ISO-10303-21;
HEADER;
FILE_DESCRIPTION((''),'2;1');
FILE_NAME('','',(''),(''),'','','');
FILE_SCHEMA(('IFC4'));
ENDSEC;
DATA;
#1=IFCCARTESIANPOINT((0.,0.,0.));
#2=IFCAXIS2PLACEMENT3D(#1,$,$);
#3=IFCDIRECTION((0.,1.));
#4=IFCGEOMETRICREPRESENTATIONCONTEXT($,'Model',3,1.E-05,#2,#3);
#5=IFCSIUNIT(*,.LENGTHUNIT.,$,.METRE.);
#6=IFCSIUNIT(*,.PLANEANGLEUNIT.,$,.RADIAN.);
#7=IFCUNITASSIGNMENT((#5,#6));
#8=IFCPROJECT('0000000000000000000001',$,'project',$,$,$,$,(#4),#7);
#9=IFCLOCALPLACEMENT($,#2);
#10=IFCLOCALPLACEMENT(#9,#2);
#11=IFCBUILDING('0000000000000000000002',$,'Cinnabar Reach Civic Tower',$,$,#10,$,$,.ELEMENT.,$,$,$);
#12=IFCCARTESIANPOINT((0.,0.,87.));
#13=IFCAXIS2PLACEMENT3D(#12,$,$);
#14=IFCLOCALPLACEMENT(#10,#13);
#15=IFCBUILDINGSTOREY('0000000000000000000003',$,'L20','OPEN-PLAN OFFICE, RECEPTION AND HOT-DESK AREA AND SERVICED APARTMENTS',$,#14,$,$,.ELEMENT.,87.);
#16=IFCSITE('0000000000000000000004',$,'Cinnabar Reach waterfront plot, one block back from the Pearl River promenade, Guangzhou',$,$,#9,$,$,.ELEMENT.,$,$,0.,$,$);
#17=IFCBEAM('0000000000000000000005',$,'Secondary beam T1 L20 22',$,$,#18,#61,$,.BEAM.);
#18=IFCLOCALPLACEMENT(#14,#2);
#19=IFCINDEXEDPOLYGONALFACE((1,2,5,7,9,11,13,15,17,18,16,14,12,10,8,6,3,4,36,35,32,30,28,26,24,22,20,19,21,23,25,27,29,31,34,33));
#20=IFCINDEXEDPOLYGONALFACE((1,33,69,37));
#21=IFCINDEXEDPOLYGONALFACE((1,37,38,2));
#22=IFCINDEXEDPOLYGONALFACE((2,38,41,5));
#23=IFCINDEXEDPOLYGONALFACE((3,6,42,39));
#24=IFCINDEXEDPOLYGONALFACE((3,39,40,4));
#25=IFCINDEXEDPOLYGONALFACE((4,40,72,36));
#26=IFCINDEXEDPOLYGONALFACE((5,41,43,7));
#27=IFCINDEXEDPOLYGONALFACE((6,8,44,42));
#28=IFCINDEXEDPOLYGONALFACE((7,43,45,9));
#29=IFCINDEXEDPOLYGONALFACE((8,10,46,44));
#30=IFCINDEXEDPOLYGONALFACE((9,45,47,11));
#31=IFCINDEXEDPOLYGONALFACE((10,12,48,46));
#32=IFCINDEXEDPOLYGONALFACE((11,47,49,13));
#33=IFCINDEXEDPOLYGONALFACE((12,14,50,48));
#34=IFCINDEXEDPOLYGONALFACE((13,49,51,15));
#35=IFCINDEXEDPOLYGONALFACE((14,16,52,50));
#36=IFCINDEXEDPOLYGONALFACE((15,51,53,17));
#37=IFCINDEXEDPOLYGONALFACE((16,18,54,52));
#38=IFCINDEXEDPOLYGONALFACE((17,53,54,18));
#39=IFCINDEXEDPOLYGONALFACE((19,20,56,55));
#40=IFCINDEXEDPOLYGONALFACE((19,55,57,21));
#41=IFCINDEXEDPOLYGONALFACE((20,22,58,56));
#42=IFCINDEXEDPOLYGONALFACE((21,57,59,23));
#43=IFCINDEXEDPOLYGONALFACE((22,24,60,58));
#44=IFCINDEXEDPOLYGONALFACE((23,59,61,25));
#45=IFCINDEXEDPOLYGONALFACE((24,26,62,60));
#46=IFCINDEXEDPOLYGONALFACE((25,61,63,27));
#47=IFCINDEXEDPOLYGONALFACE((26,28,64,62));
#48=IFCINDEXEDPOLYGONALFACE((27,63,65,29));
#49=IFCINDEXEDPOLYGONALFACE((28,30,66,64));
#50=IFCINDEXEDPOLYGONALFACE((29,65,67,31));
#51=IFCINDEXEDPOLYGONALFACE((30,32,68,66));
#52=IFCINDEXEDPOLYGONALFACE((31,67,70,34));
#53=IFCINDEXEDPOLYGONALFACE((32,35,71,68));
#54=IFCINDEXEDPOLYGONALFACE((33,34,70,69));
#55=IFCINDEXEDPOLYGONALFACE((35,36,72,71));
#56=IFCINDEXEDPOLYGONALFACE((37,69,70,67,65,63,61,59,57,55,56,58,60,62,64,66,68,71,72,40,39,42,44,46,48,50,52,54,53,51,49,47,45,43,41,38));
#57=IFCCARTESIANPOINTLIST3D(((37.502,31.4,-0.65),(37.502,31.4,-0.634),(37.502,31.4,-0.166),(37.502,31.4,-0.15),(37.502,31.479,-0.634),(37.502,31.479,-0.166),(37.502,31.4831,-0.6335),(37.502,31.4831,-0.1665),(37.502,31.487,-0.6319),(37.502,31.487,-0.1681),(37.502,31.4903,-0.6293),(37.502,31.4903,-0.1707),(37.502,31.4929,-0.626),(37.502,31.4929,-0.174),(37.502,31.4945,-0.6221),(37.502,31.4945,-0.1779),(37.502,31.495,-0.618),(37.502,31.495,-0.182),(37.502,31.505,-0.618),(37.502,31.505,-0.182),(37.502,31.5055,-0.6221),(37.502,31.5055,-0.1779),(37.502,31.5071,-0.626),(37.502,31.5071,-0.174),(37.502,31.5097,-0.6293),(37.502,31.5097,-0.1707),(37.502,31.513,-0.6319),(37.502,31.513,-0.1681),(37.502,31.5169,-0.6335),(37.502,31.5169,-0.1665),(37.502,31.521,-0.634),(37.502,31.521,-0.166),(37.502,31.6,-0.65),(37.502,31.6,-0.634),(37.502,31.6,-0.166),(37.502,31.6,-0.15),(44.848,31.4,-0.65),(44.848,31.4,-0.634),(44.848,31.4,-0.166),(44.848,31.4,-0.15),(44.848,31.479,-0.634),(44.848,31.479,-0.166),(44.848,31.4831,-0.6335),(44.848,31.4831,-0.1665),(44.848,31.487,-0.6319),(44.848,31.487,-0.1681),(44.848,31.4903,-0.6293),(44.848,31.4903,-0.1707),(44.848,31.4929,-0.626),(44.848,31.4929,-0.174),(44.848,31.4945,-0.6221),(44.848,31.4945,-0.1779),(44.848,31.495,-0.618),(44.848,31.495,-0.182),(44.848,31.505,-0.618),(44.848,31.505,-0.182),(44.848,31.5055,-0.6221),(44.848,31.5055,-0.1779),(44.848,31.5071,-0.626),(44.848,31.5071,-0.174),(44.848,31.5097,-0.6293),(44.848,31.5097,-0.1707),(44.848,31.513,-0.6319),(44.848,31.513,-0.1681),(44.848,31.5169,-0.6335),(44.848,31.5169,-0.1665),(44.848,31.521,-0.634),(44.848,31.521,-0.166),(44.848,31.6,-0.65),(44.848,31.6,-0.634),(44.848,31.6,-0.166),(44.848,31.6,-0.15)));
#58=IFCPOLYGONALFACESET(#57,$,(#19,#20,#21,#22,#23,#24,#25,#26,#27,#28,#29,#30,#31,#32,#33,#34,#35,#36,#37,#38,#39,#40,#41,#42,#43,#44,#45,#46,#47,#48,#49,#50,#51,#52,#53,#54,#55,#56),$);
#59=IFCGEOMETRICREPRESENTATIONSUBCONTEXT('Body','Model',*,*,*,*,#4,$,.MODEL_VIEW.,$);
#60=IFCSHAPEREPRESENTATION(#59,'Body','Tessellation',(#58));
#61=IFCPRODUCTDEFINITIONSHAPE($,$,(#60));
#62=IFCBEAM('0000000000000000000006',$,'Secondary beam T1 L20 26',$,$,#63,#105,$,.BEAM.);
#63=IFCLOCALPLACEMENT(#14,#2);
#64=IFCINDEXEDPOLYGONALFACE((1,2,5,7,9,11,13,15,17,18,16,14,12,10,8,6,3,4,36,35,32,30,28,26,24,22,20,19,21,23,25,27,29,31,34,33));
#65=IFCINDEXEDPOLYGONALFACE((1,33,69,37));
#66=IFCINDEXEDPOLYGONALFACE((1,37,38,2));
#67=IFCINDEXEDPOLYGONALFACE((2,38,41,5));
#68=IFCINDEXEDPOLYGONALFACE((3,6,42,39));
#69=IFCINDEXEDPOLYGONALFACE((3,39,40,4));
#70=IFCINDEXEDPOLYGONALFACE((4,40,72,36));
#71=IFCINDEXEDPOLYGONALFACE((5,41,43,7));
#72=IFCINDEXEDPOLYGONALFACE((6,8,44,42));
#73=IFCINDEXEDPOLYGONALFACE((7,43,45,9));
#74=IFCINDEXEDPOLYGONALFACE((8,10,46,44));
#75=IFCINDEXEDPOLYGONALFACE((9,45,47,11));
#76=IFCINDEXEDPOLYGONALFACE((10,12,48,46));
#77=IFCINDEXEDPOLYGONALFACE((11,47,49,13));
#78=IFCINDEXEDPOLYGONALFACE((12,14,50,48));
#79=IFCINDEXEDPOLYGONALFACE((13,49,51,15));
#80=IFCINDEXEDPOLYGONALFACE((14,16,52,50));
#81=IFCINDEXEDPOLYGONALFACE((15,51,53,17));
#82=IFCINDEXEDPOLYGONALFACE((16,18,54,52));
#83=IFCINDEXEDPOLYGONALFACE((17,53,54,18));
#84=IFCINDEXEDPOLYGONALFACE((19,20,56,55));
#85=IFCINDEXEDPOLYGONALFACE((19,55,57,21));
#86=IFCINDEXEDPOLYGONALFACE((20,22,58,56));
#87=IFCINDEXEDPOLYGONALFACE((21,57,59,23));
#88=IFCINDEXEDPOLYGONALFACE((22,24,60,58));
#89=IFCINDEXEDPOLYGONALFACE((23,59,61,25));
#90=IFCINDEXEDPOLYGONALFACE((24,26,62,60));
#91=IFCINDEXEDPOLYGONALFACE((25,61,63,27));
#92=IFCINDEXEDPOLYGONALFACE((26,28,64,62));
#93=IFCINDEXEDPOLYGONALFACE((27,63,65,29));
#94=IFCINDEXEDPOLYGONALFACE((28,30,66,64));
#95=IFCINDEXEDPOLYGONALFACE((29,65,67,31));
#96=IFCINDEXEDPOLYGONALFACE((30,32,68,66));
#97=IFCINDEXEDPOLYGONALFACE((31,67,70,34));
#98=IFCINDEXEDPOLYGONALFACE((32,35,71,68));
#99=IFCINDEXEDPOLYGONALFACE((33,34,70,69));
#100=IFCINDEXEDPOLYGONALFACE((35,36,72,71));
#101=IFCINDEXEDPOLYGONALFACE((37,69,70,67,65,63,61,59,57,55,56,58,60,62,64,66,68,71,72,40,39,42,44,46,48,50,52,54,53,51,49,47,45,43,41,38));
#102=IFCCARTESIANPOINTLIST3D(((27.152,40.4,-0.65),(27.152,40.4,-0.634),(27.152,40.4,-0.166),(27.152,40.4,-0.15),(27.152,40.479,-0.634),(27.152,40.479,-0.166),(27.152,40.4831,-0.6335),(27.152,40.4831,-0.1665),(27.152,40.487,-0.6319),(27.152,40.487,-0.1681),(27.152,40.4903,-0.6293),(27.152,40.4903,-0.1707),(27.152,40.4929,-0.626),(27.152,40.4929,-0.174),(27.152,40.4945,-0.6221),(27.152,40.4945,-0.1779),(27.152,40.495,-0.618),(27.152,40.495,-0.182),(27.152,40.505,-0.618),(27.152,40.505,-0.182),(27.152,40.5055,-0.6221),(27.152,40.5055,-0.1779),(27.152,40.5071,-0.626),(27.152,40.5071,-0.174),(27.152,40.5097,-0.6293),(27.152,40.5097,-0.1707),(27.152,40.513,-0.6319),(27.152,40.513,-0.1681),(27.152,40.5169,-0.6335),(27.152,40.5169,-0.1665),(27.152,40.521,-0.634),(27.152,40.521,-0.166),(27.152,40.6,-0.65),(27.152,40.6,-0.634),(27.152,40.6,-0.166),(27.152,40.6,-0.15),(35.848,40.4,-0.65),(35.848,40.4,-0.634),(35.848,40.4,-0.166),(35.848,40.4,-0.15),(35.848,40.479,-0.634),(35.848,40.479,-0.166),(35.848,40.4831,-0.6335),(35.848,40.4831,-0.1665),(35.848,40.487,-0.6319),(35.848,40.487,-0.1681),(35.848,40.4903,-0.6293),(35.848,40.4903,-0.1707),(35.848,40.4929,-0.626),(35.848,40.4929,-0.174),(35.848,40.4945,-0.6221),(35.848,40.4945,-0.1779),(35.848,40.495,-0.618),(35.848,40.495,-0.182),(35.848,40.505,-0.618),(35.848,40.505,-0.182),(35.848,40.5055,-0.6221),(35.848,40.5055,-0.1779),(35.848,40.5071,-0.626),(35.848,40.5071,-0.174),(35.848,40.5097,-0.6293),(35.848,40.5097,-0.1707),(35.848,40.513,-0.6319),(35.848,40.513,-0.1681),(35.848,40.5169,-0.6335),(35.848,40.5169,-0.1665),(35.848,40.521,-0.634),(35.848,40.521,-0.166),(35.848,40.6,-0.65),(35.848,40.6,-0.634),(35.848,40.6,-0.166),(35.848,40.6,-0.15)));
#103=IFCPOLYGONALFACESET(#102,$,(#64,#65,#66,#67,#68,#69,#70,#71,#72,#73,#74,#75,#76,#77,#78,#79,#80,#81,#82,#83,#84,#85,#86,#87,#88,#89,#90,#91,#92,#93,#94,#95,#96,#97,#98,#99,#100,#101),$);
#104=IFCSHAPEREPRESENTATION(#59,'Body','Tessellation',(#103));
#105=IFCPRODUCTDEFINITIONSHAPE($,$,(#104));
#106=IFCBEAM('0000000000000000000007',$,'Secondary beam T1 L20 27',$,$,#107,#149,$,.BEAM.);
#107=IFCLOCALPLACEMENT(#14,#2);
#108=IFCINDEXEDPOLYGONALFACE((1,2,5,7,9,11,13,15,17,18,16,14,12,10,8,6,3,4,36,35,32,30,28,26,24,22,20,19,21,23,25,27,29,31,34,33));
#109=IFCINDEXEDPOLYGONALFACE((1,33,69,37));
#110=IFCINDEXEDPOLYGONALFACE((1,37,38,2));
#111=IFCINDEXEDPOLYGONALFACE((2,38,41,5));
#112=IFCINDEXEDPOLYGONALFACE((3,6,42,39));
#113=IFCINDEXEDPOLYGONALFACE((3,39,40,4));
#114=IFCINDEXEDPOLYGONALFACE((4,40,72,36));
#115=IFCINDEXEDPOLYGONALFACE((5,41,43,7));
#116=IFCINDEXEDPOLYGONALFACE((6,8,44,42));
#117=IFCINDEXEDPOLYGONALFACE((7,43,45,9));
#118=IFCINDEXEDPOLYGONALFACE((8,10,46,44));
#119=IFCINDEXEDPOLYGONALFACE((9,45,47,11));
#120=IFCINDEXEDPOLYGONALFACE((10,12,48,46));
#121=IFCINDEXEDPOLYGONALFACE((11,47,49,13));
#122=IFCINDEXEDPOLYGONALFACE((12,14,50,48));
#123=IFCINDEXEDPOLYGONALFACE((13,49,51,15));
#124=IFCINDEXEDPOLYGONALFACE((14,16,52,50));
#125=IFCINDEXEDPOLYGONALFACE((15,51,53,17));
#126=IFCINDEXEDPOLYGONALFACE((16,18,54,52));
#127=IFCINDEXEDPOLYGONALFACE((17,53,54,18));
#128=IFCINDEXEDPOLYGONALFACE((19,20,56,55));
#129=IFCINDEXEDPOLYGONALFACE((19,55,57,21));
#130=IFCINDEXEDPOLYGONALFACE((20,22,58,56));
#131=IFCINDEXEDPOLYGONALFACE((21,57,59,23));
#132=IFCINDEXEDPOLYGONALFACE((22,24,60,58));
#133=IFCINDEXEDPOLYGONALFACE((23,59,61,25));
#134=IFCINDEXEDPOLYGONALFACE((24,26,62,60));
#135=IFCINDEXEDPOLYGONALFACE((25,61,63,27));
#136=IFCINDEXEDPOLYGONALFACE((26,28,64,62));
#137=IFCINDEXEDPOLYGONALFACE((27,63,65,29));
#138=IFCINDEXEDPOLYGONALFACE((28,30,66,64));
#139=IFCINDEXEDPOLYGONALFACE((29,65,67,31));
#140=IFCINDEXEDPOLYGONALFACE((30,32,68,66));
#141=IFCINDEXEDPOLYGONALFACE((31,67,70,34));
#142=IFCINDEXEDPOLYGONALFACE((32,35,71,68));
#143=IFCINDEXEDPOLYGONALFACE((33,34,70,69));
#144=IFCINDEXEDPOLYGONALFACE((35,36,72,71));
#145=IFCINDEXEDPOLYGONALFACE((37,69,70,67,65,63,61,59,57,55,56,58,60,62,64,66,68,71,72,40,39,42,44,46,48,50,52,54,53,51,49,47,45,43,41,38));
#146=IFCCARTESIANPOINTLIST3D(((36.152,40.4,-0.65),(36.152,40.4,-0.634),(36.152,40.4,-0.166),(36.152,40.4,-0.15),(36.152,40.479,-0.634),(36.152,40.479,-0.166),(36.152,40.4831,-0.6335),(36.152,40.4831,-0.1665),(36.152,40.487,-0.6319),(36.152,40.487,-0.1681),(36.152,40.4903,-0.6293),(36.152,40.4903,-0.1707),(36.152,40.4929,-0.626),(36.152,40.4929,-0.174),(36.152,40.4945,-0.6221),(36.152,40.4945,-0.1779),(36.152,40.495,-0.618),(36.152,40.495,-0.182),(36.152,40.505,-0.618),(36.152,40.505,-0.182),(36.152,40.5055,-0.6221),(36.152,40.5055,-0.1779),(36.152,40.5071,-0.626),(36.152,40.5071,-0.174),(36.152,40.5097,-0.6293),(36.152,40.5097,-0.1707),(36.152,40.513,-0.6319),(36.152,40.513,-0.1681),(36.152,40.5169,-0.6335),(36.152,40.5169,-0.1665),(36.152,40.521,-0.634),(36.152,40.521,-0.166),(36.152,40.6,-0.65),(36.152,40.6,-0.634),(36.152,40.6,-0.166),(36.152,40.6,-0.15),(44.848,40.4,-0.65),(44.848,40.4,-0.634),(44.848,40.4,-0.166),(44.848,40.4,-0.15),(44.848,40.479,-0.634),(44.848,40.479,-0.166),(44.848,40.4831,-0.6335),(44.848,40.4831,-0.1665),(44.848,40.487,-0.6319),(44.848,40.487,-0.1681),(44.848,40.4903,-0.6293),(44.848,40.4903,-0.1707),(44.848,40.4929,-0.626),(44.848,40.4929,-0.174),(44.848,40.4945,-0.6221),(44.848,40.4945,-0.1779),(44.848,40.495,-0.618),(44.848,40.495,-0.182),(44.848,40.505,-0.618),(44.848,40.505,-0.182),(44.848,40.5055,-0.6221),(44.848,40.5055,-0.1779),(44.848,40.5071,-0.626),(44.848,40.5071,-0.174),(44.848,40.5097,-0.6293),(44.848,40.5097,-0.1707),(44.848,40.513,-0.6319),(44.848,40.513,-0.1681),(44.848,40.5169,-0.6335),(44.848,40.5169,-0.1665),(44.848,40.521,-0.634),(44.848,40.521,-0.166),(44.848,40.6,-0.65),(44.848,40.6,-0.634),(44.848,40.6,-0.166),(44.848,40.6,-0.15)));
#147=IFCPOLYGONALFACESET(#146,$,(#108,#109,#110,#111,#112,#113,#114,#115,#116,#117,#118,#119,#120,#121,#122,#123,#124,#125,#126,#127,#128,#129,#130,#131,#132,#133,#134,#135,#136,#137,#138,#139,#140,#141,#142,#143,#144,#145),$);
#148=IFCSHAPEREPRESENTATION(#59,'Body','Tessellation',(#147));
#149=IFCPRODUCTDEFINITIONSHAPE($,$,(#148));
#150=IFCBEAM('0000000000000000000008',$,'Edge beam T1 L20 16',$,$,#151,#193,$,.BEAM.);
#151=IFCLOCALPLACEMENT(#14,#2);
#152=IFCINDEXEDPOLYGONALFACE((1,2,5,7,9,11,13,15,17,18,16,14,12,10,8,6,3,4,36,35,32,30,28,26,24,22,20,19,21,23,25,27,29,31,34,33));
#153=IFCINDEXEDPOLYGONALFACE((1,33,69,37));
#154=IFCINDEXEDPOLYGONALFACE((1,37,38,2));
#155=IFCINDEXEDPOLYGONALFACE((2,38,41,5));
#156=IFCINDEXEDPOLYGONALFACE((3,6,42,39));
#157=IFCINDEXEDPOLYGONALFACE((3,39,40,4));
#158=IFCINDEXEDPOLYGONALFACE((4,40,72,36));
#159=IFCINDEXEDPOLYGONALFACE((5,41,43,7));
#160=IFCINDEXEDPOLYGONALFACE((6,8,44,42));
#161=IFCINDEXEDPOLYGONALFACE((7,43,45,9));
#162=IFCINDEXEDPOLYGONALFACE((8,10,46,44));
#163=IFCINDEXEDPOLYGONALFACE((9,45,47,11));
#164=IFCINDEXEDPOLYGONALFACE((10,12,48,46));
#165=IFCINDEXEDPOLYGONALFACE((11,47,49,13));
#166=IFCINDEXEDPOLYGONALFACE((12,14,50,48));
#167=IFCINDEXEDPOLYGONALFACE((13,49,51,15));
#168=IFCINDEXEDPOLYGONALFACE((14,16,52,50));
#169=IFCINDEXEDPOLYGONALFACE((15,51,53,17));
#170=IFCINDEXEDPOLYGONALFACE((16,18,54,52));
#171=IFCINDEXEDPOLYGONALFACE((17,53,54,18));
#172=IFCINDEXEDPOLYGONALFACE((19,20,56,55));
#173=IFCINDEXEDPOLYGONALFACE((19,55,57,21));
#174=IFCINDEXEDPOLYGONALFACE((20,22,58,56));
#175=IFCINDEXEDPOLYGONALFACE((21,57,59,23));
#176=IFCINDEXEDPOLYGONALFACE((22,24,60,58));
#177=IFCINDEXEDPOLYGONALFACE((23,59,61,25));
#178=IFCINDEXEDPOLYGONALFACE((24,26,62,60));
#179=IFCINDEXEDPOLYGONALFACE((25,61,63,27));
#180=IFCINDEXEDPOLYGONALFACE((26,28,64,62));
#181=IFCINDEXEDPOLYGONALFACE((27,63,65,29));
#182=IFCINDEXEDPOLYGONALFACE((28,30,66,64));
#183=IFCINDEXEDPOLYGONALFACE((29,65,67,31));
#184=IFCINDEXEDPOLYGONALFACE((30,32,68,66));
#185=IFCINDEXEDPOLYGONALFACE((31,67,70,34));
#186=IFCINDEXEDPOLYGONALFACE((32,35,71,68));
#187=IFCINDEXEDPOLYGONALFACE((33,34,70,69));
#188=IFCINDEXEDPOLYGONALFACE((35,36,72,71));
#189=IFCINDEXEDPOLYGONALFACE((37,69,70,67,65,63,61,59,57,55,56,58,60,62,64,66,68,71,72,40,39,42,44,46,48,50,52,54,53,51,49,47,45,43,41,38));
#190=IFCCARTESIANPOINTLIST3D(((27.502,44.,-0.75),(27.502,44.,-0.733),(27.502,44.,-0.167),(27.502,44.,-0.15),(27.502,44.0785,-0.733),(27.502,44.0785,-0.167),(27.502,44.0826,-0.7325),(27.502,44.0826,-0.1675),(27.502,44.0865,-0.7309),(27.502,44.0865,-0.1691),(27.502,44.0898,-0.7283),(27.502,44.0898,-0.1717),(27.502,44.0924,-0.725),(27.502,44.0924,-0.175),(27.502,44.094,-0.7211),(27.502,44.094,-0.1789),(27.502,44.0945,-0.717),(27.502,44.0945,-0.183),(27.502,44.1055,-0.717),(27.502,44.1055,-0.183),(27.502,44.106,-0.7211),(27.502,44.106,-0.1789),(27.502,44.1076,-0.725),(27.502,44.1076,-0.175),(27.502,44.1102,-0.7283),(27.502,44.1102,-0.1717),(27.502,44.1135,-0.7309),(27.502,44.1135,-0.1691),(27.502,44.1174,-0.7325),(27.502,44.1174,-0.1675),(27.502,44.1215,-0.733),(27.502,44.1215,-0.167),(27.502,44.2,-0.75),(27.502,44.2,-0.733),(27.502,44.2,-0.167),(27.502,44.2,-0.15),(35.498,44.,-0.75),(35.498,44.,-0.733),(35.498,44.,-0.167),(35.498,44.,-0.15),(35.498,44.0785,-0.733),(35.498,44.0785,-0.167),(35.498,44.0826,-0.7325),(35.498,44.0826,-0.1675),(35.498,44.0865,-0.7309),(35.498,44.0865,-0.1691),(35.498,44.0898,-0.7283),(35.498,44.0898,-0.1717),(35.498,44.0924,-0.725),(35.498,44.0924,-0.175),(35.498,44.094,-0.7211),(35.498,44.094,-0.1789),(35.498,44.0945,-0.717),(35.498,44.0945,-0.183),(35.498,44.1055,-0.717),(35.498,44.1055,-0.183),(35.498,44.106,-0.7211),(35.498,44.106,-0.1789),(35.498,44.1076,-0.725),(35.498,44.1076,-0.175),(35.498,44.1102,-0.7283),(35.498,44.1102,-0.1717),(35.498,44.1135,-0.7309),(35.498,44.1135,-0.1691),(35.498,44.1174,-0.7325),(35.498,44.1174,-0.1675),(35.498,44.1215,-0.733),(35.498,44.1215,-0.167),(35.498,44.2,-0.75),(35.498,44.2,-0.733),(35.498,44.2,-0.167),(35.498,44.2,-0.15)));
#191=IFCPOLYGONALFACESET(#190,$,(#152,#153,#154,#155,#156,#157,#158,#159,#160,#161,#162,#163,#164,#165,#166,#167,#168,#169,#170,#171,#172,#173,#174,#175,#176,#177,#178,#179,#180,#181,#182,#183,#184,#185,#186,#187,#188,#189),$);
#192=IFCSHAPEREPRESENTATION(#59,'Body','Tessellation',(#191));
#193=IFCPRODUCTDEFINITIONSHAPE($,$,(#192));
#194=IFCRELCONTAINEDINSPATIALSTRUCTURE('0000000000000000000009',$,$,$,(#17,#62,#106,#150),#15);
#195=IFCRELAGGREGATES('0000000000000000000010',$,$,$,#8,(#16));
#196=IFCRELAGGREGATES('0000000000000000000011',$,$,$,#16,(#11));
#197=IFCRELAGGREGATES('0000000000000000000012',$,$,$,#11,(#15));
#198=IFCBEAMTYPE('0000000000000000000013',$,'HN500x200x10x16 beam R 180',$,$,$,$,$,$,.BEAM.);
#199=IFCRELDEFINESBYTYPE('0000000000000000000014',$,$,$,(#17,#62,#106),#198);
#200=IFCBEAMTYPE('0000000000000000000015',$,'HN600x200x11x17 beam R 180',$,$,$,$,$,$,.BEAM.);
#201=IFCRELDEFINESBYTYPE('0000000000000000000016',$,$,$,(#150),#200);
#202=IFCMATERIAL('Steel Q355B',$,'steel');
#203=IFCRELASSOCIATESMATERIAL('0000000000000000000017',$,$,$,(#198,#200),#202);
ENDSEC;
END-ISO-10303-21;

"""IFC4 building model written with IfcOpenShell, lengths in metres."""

from ifc_helpers import new_model, si_unit, direction, frame, origin, origin_2d, place, context, subcontext, project, spatial, i_section, extrude, material, material_profile, profile_set, type_object, element, save


model = new_model("IFC4")

# Units and contexts
model_context = context("Model", 3, precision=1e-05, world=origin(), true_north=direction((0.0, 1.0)))
body_context = subcontext(model_context, "Body", "Model", "MODEL_VIEW")
ifc_project = project(units=[si_unit("LENGTHUNIT", "METRE"), si_unit("PLANEANGLEUNIT", "RADIAN")], contexts=[model_context])

# Site, building, storey
site_placement = place(None, origin())
site = spatial("IfcSite", under=ifc_project, at=site_placement, Name="Cinnabar Reach waterfront plot, one block back from the Pearl River promenade, Guangzhou", CompositionType="ELEMENT", RefElevation=0.0)
building_placement = place(site_placement, origin())
building = spatial("IfcBuilding", under=site, at=building_placement, Name="Cinnabar Reach Civic Tower", CompositionType="ELEMENT")
storey_placement = place(building_placement, frame((0.0, 0.0, 87.0)))
storey = spatial("IfcBuildingStorey", under=building, at=storey_placement, Name="L20", Description="OPEN-PLAN OFFICE, RECEPTION AND HOT-DESK AREA AND SERVICED APARTMENTS", CompositionType="ELEMENT", Elevation=87.0)

# Beams
ifc_material_1 = material(Name="Steel Q355B", Category="steel")
ifc_material_profile_1 = material_profile(ifc_material_1, i_section(OverallWidth=0.2, OverallDepth=0.5, WebThickness=0.01, FlangeThickness=0.016, FilletRadius=0.016, at=origin_2d()), Name="HN500x200x10x16")
ifc_profile_set_1 = profile_set([ifc_material_profile_1], Name="Steel Q355B")
beam_type_1 = type_object("IfcBeamType", Name="HN500x200x10x16 beam R 180", PredefinedType="BEAM", material=ifc_profile_set_1)
beam_1_placement = place(storey_placement, frame((37.502, 31.5, -0.4), z_axis=(1.0, 0.0, 0.0), x_axis=(0.0, 1.0, 0.0)))
element("IfcBeam", 1, at=beam_1_placement, inside=storey, type_object=beam_type_1, Name="Secondary beam T1 L20 22", PredefinedType="BEAM", context=body_context, shape_type="SweptSolid", body=[
    extrude(i_section(OverallWidth=0.2, OverallDepth=0.5, WebThickness=0.01, FlangeThickness=0.016, FilletRadius=0.016, at=origin_2d()), origin(), (0.0, 0.0, 1.0), 7.346),
])
for number, where, z_axis, x_axis, name in (
    (2, (27.152, 40.5, -0.4), (1.0, 0.0, 0.0), (0.0, 1.0, 0.0), "Secondary beam T1 L20 26"),
    (3, (36.152, 40.5, -0.4), (1.0, 0.0, 0.0), (0.0, 1.0, 0.0), "Secondary beam T1 L20 27"),
):
    element("IfcBeam", number, at=place(storey_placement, frame(where, z_axis=z_axis, x_axis=x_axis)), inside=storey, type_object=beam_type_1, Name=name, PredefinedType="BEAM", context=body_context, shape_type="SweptSolid", body=[
        extrude(i_section(OverallWidth=0.2, OverallDepth=0.5, WebThickness=0.01, FlangeThickness=0.016, FilletRadius=0.016, at=origin_2d()), origin(), (0.0, 0.0, 1.0), 8.696),
    ])
ifc_material_profile_2 = material_profile(ifc_material_1, i_section(OverallWidth=0.2, OverallDepth=0.6, WebThickness=0.011, FlangeThickness=0.017, FilletRadius=0.016, at=origin_2d()), Name="HN600x200x11x17")
ifc_profile_set_2 = profile_set([ifc_material_profile_2], Name="Steel Q355B")
beam_type_2 = type_object("IfcBeamType", Name="HN600x200x11x17 beam R 180", PredefinedType="BEAM", material=ifc_profile_set_2)
beam_2_placement = place(storey_placement, frame((35.498, 44.1, -0.45), z_axis=(-1.0, 0.0, 0.0), x_axis=(0.0, -1.0, 0.0)))
element("IfcBeam", 4, at=beam_2_placement, inside=storey, type_object=beam_type_2, Name="Edge beam T1 L20 16", PredefinedType="BEAM", context=body_context, shape_type="SweptSolid", body=[
    extrude(i_section(OverallWidth=0.2, OverallDepth=0.6, WebThickness=0.011, FlangeThickness=0.017, FilletRadius=0.016, at=origin_2d()), origin(), (0.0, 0.0, 1.0), 7.996),
])

save(model, "model.ifc")
